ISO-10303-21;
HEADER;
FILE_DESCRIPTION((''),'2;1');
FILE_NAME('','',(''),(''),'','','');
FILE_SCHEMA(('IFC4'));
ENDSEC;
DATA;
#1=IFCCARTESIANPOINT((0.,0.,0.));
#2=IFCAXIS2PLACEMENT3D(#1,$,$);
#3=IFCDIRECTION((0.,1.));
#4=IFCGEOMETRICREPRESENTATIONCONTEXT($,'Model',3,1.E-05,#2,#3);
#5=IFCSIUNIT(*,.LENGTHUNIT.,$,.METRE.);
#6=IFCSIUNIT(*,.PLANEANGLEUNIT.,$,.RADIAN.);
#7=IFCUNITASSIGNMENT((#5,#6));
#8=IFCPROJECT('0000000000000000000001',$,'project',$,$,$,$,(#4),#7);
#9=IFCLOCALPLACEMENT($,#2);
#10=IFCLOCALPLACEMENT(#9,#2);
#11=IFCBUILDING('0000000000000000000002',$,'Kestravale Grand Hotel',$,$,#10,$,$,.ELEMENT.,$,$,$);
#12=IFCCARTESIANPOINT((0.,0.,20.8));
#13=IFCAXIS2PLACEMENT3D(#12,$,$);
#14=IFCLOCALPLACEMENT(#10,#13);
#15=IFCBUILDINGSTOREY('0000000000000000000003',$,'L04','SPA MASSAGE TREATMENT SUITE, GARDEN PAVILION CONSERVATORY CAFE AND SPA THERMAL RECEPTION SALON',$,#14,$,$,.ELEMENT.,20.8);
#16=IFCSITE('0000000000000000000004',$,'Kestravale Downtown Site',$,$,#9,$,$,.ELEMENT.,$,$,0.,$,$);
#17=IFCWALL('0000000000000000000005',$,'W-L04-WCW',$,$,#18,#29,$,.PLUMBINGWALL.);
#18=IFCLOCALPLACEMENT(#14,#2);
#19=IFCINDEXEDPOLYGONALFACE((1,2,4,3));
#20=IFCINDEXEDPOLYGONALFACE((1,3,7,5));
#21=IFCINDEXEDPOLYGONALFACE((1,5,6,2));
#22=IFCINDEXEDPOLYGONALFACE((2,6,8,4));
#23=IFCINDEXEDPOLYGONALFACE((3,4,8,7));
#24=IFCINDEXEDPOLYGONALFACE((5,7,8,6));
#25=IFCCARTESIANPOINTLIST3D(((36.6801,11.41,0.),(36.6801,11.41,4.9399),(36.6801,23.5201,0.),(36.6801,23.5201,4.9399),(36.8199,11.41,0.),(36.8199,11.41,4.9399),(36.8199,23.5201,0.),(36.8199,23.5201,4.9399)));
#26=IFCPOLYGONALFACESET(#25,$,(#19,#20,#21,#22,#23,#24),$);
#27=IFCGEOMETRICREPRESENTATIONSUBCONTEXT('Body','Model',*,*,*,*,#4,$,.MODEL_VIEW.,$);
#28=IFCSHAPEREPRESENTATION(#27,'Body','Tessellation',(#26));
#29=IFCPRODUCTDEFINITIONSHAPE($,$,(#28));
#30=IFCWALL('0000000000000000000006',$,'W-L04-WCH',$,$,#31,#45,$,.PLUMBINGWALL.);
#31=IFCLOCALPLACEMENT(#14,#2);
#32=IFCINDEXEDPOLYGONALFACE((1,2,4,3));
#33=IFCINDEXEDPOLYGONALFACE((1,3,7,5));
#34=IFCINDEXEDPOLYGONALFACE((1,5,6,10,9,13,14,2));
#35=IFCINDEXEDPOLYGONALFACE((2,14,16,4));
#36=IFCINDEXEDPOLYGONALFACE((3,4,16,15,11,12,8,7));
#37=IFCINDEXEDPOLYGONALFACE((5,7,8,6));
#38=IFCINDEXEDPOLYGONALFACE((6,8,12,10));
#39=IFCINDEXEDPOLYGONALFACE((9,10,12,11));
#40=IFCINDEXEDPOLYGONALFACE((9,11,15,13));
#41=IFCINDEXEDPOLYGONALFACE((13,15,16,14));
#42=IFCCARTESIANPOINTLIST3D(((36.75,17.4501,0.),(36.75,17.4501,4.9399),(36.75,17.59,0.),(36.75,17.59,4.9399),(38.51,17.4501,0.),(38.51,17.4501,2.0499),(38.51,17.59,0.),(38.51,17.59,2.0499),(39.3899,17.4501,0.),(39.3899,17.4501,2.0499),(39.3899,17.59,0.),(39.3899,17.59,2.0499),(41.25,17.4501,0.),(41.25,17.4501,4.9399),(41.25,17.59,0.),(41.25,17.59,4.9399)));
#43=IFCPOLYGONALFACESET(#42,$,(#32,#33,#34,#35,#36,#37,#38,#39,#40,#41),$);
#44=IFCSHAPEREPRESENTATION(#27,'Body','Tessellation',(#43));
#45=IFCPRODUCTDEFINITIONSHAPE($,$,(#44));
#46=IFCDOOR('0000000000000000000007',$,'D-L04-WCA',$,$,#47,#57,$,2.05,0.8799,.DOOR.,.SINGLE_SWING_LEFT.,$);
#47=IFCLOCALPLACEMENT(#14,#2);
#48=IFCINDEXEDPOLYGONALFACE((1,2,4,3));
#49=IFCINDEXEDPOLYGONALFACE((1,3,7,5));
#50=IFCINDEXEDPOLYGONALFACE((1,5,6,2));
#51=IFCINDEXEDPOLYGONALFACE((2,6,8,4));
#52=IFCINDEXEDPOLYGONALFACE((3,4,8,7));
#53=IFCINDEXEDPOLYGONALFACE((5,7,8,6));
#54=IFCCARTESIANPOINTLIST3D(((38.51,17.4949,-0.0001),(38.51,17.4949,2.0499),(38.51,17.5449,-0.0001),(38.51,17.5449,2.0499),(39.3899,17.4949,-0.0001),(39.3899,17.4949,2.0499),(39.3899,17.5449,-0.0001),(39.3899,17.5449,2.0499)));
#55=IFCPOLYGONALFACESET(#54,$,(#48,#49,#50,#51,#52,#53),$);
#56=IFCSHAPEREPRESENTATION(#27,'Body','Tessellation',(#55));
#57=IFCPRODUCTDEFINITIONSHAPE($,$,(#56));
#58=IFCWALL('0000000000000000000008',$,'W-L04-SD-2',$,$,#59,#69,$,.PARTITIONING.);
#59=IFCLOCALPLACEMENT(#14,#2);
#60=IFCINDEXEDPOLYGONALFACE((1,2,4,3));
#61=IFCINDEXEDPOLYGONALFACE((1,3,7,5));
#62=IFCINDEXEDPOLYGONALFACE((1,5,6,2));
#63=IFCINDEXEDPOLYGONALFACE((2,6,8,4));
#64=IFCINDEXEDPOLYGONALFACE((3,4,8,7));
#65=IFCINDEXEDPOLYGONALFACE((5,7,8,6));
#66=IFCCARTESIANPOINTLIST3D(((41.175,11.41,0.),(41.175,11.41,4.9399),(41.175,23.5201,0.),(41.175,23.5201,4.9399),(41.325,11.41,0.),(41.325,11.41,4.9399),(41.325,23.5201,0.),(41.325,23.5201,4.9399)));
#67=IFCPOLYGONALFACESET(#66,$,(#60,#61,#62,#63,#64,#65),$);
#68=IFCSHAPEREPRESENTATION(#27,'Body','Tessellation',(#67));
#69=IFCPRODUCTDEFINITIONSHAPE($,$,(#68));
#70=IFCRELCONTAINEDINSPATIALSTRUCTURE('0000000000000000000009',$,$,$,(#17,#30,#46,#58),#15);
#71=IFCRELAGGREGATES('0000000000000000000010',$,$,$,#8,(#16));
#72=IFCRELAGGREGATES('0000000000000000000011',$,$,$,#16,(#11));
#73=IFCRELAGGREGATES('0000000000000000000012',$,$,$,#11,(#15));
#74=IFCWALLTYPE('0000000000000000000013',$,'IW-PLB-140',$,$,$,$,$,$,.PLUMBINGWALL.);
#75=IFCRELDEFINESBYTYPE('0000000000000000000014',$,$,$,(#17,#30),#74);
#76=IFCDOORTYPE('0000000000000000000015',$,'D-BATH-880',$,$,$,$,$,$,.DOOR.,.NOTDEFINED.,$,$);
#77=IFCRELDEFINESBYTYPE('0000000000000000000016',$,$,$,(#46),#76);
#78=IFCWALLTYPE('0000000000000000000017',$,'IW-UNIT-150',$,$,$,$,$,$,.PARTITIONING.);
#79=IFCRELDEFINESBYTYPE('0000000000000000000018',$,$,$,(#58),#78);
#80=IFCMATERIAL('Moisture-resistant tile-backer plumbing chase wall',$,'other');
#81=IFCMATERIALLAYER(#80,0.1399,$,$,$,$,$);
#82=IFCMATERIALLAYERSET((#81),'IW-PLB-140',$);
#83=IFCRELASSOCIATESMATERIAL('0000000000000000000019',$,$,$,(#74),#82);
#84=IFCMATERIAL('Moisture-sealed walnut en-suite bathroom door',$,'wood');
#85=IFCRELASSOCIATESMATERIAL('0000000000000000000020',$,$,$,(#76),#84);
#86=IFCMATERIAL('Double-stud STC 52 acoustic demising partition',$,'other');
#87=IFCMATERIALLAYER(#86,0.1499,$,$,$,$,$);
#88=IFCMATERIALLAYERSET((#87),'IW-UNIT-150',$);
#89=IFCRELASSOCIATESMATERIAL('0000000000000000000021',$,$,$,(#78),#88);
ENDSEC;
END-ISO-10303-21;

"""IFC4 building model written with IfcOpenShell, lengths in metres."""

from ifc_helpers import new_model, si_unit, direction, frame, frame_2d, origin, place, context, subcontext, project, spatial, rectangle, extrude, material, layer, layer_set, type_object, element, fill, save


model = new_model("IFC4")

# Units and contexts
model_context = context("Model", 3, precision=1e-05, world=origin(), true_north=direction((0.0, 1.0)))
body_context = subcontext(model_context, "Body", "Model", "MODEL_VIEW")
ifc_project = project(units=[si_unit("LENGTHUNIT", "METRE"), si_unit("PLANEANGLEUNIT", "RADIAN")], contexts=[model_context])

# Site, building, storey
site_placement = place(None, origin())
site = spatial("IfcSite", under=ifc_project, at=site_placement, Name="Kestravale Downtown Site", CompositionType="ELEMENT", RefElevation=0.0)
building_placement = place(site_placement, origin())
building = spatial("IfcBuilding", under=site, at=building_placement, Name="Kestravale Grand Hotel", CompositionType="ELEMENT")
storey_placement = place(building_placement, frame((0.0, 0.0, 20.8)))
storey = spatial("IfcBuildingStorey", under=building, at=storey_placement, Name="L04", Description="SPA MASSAGE TREATMENT SUITE, GARDEN PAVILION CONSERVATORY CAFE AND SPA THERMAL RECEPTION SALON", CompositionType="ELEMENT", Elevation=20.8)

# Wall
ifc_material_1 = material(Name="Moisture-resistant tile-backer plumbing chase wall", Category="other")
ifc_layer_1 = layer(ifc_material_1, 0.1399)
ifc_layer_set_1 = layer_set([ifc_layer_1], Name="IW-PLB-140")
wall_type_1 = type_object("IfcWallType", Name="IW-PLB-140", PredefinedType="PLUMBINGWALL", material=ifc_layer_set_1)
wall_1_placement = place(storey_placement, frame((36.75, 11.4099, 0.0), z_axis=(0.0, 0.0, 1.0), x_axis=(0.0, 1.0, 0.0)))
element("IfcWall", 1, at=wall_1_placement, inside=storey, type_object=wall_type_1, Name="W-L04-WCW", PredefinedType="PLUMBINGWALL", context=body_context, shape_type="SweptSolid", body=[
    extrude(rectangle(XDim=12.1101, YDim=0.1399, at=frame_2d((6.0552, 0.0))), origin(), (0.0, 0.0, 1.0), 4.9399),
])

# Wall, opening, door
wall_2_placement = place(storey_placement, frame((36.75, 17.52, 0.0), z_axis=(0.0, 0.0, 1.0), x_axis=(1.0, 0.0, 0.0)))
wall_2 = element("IfcWall", 2, at=wall_2_placement, inside=storey, type_object=wall_type_1, Name="W-L04-WCH", PredefinedType="PLUMBINGWALL", context=body_context, shape_type="SweptSolid", body=[
    extrude(rectangle(XDim=4.5, YDim=0.1399, at=frame_2d((2.25, 0.0))), origin(), (0.0, 0.0, 1.0), 4.9399),
])
opening_1_placement = place(wall_2_placement, frame((1.76, 0.0, 0.0)))
opening_1 = element("IfcOpeningElement", 3, at=opening_1_placement, cuts=wall_2, PredefinedType="OPENING", context=body_context, shape_type="SweptSolid", body=[
    extrude(rectangle(XDim=0.8799, YDim=2.05, at=frame_2d((0.4399, 1.0249))), frame((0.0, 0.0798, 0.0), z_axis=(0.0, -1.0, 0.0), x_axis=(1.0, 0.0, 0.0)), (0.0, 0.0, 1.0), 0.1599),
])
ifc_material_2 = material(Name="Moisture-sealed walnut en-suite bathroom door", Category="wood")
door_type = type_object("IfcDoorType", Name="D-BATH-880", OperationType="NOTDEFINED", PredefinedType="DOOR", material=ifc_material_2)
door_placement = place(opening_1_placement, origin())
door = element("IfcDoor", 4, at=door_placement, inside=storey, type_object=door_type, Name="D-L04-WCA", OperationType="SINGLE_SWING_LEFT", OverallHeight=2.05, OverallWidth=0.8799, PredefinedType="DOOR", context=body_context, shape_type="SweptSolid", body=[
    extrude(rectangle(XDim=0.8799, YDim=2.05, at=frame_2d((0.4399, 1.0249))), frame((0.0, 0.0249, 0.0), z_axis=(0.0, -1.0, 0.0), x_axis=(1.0, 0.0, 0.0)), (0.0, 0.0, 1.0), 0.05),
])
fill(opening_1, door)

# Wall
ifc_material_3 = material(Name="Double-stud STC 52 acoustic demising partition", Category="other")
ifc_layer_2 = layer(ifc_material_3, 0.1499)
ifc_layer_set_2 = layer_set([ifc_layer_2], Name="IW-UNIT-150")
wall_type_2 = type_object("IfcWallType", Name="IW-UNIT-150", PredefinedType="PARTITIONING", material=ifc_layer_set_2)
wall_3_placement = place(storey_placement, frame((41.25, 11.4099, 0.0), z_axis=(0.0, 0.0, 1.0), x_axis=(0.0, 1.0, 0.0)))
element("IfcWall", 5, at=wall_3_placement, inside=storey, type_object=wall_type_2, Name="W-L04-SD-2", PredefinedType="PARTITIONING", context=body_context, shape_type="SweptSolid", body=[
    extrude(rectangle(XDim=12.1101, YDim=0.1499, at=frame_2d((6.0552, 0.0))), origin(), (0.0, 0.0, 1.0), 4.9399),
])

save(model, "model.ifc")
